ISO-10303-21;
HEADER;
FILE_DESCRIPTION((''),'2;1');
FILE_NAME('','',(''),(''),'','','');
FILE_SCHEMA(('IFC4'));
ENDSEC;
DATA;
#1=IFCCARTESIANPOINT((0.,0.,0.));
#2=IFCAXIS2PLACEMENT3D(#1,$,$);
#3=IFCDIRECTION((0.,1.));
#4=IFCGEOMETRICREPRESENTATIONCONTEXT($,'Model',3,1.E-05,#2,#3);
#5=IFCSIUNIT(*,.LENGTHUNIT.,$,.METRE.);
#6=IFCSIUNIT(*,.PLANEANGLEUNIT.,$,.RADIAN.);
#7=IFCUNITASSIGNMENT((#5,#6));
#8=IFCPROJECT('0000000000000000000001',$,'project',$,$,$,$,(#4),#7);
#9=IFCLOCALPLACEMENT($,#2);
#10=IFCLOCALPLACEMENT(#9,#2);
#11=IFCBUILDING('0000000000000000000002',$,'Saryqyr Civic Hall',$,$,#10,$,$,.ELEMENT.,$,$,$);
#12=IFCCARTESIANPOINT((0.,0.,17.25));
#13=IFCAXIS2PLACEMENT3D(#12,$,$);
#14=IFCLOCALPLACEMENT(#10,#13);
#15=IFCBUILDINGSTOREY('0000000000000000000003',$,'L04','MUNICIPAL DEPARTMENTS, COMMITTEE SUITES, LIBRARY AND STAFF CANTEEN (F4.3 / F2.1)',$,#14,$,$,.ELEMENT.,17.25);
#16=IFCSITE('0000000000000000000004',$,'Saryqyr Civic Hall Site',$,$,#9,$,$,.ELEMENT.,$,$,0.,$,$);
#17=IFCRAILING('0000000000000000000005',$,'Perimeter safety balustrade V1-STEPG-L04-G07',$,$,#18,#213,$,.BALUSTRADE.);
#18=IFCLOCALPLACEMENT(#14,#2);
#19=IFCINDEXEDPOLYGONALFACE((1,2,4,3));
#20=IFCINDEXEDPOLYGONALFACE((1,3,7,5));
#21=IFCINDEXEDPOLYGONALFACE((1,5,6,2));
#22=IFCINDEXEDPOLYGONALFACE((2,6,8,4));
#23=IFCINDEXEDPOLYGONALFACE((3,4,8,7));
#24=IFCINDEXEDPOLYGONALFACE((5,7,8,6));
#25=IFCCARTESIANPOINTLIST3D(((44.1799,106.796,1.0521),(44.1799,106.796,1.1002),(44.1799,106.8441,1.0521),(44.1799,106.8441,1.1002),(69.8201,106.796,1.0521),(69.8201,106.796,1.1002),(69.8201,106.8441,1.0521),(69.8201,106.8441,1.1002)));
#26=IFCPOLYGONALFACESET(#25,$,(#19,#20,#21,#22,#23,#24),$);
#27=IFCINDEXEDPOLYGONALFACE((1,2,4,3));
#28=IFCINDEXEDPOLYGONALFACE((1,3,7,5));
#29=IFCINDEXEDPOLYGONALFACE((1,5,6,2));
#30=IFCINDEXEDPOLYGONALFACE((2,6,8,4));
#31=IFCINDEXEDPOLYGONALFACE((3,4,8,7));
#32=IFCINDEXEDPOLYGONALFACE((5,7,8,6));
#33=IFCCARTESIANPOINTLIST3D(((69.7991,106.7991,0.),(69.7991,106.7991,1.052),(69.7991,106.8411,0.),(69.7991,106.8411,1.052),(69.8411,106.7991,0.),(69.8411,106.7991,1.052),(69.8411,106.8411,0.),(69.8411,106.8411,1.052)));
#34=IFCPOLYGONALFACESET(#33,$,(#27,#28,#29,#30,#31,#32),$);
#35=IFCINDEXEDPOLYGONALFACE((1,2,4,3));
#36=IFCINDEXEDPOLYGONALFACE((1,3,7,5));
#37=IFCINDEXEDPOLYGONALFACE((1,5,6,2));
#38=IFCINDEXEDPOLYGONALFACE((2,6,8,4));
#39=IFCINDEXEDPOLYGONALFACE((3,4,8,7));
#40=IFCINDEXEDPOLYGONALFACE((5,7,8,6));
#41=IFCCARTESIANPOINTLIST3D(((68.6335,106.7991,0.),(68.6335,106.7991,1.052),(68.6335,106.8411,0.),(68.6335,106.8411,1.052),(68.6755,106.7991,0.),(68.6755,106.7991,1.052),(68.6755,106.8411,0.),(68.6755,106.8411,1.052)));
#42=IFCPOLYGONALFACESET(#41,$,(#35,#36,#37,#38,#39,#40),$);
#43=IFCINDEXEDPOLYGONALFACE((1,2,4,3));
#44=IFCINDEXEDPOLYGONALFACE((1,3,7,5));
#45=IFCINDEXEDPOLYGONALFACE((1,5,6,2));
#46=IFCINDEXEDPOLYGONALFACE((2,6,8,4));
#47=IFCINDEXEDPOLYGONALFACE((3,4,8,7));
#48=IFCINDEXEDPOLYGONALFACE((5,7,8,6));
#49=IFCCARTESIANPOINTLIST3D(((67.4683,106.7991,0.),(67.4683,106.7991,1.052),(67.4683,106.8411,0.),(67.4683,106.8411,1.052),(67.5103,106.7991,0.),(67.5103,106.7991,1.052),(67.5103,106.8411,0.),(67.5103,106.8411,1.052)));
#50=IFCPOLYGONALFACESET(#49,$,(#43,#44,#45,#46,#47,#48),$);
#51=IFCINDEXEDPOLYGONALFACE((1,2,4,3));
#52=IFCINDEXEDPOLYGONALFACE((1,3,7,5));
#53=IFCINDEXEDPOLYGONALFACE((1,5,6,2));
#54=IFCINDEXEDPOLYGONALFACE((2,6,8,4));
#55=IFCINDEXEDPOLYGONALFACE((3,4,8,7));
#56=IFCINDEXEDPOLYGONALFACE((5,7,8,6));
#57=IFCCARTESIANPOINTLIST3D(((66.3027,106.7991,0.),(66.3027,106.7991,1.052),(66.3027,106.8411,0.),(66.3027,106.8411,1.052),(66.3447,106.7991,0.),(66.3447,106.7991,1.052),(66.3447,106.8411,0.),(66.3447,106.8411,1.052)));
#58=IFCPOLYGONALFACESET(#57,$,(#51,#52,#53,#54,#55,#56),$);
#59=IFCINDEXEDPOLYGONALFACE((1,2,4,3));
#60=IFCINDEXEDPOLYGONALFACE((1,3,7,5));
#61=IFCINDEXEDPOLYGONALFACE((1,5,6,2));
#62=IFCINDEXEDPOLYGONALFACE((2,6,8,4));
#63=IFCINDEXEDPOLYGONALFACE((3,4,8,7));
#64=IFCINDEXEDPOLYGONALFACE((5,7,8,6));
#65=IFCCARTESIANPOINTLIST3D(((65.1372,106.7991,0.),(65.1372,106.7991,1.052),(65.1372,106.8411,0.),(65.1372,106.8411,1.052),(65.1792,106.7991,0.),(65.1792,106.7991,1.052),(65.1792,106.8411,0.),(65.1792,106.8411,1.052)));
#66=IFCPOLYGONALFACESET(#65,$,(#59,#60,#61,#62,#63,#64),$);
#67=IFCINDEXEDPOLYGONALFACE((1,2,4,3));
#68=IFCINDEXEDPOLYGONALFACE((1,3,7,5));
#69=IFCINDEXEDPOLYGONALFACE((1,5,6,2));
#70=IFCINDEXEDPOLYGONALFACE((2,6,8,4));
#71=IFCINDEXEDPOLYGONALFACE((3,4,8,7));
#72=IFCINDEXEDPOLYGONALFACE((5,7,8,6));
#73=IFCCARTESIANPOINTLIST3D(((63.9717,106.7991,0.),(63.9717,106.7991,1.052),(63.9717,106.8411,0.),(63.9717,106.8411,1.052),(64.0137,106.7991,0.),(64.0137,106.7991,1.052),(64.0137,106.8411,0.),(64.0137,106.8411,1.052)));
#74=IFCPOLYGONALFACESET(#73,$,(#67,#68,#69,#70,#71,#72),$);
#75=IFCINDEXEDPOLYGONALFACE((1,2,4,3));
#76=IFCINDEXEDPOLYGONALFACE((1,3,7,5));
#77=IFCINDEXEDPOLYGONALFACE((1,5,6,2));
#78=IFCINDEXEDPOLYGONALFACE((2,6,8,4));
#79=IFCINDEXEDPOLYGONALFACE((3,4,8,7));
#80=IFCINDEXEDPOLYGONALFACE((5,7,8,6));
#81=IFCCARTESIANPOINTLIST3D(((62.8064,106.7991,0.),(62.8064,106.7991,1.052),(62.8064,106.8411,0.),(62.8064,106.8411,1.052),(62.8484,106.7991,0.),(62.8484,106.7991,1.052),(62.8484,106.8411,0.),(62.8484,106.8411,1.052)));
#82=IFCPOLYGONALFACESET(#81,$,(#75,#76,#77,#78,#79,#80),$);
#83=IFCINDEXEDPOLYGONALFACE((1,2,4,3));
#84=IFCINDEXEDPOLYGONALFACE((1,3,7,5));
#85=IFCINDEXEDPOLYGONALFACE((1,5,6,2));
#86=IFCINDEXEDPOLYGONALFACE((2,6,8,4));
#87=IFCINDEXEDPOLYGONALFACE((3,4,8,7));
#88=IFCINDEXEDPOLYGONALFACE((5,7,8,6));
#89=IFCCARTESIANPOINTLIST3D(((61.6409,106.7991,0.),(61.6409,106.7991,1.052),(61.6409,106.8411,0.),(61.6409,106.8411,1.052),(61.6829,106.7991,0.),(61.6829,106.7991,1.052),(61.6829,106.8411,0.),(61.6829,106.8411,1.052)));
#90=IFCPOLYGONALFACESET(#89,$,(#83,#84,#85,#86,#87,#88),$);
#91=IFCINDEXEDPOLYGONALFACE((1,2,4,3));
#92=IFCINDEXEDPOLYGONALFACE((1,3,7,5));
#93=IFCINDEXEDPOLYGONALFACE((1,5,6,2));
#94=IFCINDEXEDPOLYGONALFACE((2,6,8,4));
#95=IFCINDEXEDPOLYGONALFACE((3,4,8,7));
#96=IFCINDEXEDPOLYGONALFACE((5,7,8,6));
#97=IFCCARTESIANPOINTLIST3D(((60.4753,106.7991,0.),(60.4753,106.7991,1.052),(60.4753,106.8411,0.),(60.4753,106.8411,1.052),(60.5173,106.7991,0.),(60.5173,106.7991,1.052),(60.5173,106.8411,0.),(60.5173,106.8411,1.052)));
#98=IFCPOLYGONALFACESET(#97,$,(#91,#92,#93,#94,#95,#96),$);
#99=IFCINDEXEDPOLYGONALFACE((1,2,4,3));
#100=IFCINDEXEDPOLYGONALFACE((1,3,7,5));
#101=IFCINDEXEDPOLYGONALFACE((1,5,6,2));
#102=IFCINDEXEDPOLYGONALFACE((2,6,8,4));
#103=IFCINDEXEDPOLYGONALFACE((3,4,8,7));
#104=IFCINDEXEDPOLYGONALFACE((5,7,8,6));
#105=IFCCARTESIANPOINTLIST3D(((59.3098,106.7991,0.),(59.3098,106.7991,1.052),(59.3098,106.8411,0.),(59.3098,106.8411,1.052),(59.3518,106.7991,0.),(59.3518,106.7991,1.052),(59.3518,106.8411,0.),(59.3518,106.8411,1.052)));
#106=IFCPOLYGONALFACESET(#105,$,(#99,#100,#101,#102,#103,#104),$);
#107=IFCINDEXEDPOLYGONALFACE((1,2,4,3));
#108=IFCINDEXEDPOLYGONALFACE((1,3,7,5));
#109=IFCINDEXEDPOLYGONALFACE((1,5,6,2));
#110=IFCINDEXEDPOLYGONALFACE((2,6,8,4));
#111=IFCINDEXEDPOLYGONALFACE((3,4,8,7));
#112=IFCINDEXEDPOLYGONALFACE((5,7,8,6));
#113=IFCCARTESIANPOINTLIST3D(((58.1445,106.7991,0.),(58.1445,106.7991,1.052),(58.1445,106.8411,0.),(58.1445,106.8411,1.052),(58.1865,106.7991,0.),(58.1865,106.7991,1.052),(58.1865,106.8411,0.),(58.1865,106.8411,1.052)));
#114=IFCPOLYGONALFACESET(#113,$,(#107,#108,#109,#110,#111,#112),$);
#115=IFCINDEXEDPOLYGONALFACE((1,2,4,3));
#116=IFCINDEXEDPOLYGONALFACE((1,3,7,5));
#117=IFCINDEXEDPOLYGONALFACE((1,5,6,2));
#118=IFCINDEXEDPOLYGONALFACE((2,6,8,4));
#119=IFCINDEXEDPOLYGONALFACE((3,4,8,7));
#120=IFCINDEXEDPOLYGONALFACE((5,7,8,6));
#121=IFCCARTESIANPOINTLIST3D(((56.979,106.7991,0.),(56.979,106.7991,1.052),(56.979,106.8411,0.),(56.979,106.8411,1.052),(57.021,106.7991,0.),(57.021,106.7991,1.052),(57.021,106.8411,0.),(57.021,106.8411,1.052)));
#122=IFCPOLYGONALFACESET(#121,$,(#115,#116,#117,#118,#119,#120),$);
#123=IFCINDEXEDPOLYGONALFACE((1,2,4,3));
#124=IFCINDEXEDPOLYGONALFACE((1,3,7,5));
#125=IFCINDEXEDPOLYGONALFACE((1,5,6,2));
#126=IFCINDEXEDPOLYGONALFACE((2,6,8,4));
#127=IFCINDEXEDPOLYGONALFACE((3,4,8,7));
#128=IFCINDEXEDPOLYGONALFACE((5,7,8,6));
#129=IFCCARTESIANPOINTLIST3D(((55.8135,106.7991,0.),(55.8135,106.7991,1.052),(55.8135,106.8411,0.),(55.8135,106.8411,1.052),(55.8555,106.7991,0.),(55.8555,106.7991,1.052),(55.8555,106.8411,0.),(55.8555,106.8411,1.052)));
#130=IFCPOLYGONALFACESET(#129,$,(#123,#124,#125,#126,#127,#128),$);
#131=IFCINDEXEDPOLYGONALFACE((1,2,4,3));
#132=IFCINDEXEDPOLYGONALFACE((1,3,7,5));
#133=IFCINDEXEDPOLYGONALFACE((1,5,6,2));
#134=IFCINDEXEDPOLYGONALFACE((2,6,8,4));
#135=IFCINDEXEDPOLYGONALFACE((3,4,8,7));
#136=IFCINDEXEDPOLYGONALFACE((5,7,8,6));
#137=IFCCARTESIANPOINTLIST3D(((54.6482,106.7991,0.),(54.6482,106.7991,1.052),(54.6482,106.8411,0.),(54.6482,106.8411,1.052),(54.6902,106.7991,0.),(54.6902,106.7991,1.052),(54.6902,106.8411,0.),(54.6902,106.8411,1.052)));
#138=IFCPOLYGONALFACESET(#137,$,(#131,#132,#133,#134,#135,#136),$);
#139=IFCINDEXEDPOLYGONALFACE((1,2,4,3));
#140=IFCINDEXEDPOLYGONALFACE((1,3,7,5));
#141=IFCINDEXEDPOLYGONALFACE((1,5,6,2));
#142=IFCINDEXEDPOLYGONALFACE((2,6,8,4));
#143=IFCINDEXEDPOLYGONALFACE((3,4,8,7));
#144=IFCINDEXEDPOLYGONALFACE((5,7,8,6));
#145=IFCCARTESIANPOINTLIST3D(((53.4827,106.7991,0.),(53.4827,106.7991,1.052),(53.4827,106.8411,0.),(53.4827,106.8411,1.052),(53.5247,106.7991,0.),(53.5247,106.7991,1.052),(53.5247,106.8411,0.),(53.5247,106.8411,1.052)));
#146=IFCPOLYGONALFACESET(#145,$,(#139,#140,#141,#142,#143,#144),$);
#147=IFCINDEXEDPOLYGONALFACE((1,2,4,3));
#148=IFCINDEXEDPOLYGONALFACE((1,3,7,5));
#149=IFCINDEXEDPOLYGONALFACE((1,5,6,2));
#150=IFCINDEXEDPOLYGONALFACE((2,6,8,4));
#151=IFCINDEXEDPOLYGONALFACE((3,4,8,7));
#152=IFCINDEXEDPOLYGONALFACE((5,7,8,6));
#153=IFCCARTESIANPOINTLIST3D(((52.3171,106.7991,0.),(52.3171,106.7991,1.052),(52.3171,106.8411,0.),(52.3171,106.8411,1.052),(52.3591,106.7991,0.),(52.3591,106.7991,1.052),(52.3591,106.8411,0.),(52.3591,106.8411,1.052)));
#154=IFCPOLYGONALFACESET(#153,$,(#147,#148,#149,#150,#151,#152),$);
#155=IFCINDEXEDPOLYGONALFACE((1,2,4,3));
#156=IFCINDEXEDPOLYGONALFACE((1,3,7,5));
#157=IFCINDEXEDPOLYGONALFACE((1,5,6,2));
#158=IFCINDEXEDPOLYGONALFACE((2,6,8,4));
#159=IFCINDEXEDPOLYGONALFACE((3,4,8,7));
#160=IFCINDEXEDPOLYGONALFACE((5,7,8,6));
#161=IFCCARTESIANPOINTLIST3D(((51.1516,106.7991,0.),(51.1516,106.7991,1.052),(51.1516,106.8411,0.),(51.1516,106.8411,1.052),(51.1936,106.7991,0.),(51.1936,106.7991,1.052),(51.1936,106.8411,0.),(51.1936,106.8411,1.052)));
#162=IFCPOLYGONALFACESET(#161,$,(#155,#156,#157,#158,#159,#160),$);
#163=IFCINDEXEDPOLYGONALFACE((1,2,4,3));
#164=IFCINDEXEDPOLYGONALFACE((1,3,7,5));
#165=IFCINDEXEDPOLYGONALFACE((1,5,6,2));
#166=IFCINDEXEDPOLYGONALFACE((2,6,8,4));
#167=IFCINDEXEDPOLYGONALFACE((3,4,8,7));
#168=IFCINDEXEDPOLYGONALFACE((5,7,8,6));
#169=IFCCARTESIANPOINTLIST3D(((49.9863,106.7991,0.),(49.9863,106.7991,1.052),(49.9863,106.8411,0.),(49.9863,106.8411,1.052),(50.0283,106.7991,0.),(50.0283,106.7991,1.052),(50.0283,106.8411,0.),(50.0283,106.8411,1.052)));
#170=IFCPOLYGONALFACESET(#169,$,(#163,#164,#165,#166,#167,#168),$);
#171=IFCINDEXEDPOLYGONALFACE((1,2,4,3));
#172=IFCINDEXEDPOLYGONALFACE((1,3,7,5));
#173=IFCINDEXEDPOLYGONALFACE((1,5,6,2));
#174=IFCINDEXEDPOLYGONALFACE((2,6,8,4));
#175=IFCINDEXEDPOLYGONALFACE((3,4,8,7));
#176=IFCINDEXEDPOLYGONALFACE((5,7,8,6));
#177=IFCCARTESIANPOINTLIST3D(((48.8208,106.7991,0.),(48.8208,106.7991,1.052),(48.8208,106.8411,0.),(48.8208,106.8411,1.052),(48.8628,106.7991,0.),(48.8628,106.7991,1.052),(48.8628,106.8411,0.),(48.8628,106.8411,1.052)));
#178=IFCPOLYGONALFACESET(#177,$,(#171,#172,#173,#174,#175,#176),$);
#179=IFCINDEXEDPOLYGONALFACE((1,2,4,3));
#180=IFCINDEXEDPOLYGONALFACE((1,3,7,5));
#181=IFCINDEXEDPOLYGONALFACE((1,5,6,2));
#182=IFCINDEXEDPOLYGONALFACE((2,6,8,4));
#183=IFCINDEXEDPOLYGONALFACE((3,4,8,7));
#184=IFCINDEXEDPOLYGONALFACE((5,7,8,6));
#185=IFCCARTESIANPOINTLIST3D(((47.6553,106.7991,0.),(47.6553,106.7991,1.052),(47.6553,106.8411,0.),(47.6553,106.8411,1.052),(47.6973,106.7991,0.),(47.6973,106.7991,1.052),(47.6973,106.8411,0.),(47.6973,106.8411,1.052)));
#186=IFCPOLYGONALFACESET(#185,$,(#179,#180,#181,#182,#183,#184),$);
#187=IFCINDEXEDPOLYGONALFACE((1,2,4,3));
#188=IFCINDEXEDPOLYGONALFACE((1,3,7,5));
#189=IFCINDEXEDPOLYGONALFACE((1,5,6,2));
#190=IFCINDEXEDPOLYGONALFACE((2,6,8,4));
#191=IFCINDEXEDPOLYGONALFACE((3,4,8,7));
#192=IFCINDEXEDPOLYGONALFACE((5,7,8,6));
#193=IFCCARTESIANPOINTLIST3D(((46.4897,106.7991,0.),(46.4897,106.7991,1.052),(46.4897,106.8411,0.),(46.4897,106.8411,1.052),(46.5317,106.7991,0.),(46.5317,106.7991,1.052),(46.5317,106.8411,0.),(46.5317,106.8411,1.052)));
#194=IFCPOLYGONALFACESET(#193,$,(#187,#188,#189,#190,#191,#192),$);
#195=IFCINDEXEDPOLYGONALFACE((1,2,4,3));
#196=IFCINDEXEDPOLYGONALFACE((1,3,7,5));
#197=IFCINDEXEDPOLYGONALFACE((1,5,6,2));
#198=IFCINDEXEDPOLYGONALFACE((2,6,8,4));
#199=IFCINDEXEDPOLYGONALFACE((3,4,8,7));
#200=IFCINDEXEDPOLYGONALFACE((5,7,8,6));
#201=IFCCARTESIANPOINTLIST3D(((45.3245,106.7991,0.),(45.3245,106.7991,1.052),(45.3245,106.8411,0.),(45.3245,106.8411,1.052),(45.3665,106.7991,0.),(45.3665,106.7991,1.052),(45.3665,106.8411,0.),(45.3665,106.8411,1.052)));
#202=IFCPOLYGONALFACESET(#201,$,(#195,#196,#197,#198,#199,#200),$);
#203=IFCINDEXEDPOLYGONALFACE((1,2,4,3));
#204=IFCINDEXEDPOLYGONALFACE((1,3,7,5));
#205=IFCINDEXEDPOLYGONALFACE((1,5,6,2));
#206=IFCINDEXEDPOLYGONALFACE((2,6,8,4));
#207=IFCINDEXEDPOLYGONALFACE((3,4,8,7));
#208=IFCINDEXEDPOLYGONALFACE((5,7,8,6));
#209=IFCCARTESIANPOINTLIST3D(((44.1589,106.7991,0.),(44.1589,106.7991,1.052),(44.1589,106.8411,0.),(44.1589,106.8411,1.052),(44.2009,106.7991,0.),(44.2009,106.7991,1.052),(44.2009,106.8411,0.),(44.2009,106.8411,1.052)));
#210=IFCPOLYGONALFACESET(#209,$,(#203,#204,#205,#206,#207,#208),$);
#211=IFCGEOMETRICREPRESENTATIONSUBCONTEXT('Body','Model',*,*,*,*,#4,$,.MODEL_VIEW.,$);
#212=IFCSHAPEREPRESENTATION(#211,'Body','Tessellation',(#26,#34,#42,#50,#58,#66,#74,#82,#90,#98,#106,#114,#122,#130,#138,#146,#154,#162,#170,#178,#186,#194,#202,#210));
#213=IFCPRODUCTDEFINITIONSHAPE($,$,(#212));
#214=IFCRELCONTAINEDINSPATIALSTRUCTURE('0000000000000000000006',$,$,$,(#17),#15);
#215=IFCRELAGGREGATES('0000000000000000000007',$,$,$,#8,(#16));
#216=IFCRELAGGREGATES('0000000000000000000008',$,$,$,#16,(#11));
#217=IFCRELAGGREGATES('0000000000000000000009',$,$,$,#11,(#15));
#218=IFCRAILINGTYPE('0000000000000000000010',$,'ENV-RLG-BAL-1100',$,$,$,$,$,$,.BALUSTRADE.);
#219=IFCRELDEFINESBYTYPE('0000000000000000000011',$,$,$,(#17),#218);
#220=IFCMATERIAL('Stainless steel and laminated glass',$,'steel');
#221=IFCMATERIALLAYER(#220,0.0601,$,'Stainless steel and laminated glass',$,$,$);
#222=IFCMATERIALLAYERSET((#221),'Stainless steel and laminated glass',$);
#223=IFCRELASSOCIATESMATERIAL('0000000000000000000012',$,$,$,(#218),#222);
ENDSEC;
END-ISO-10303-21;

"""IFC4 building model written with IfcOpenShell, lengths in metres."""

from ifc_helpers import new_model, si_unit, direction, frame, origin, origin_2d, place, context, subcontext, project, spatial, rectangle, extrude, material, layer, layer_set, type_object, element, save


model = new_model("IFC4")

# Units and contexts
model_context = context("Model", 3, precision=1e-05, world=origin(), true_north=direction((0.0, 1.0)))
body_context = subcontext(model_context, "Body", "Model", "MODEL_VIEW")
ifc_project = project(units=[si_unit("LENGTHUNIT", "METRE"), si_unit("PLANEANGLEUNIT", "RADIAN")], contexts=[model_context])

# Site, building, storey
site_placement = place(None, origin())
site = spatial("IfcSite", under=ifc_project, at=site_placement, Name="Saryqyr Civic Hall Site", CompositionType="ELEMENT", RefElevation=0.0)
building_placement = place(site_placement, origin())
building = spatial("IfcBuilding", under=site, at=building_placement, Name="Saryqyr Civic Hall", CompositionType="ELEMENT")
storey_placement = place(building_placement, frame((0.0, 0.0, 17.25)))
storey = spatial("IfcBuildingStorey", under=building, at=storey_placement, Name="L04", Description="MUNICIPAL DEPARTMENTS, COMMITTEE SUITES, LIBRARY AND STAFF CANTEEN (F4.3 / F2.1)", CompositionType="ELEMENT", Elevation=17.25)

# Railing
ifc_material_1 = material(Name="Stainless steel and laminated glass", Category="steel")
ifc_layer_1 = layer(ifc_material_1, 0.0601, Name="Stainless steel and laminated glass")
ifc_layer_set_1 = layer_set([ifc_layer_1], Name="Stainless steel and laminated glass")
railing_type_1 = type_object("IfcRailingType", Name="ENV-RLG-BAL-1100", PredefinedType="BALUSTRADE", material=ifc_layer_set_1)
railing_1_placement = place(storey_placement, frame((69.8201, 106.8201, 0.0)))
element("IfcRailing", 1, at=railing_1_placement, inside=storey, type_object=railing_type_1, Name="Perimeter safety balustrade V1-STEPG-L04-G07", PredefinedType="BALUSTRADE", context=body_context, shape_type="SweptSolid", body=[
    extrude(rectangle(XDim=0.0481, YDim=0.0481, at=origin_2d()), frame((0.0, 0.0, 1.0762), z_axis=(-1.0, 0.0, 0.0), x_axis=(0.0, -1.0, 0.0)), (0.0, 0.0, 1.0), 25.6401),
    extrude(rectangle(XDim=0.042, YDim=0.042, at=origin_2d()), origin(), (0.0, 0.0, 1.0), 1.052),
    extrude(rectangle(XDim=0.042, YDim=0.042, at=origin_2d()), frame((-1.1655, 0.0, 0.0)), (0.0, 0.0, 1.0), 1.052),
    extrude(rectangle(XDim=0.042, YDim=0.042, at=origin_2d()), frame((-2.3308, 0.0, 0.0)), (0.0, 0.0, 1.0), 1.052),
    extrude(rectangle(XDim=0.042, YDim=0.042, at=origin_2d()), frame((-3.4963, 0.0, 0.0)), (0.0, 0.0, 1.0), 1.052),
    extrude(rectangle(XDim=0.042, YDim=0.042, at=origin_2d()), frame((-4.6619, 0.0, 0.0)), (0.0, 0.0, 1.0), 1.052),
    extrude(rectangle(XDim=0.042, YDim=0.042, at=origin_2d()), frame((-5.8274, 0.0, 0.0)), (0.0, 0.0, 1.0), 1.052),
    extrude(rectangle(XDim=0.042, YDim=0.042, at=origin_2d()), frame((-6.9927, 0.0, 0.0)), (0.0, 0.0, 1.0), 1.052),
    extrude(rectangle(XDim=0.042, YDim=0.042, at=origin_2d()), frame((-8.1582, 0.0, 0.0)), (0.0, 0.0, 1.0), 1.052),
    extrude(rectangle(XDim=0.042, YDim=0.042, at=origin_2d()), frame((-9.3237, 0.0, 0.0)), (0.0, 0.0, 1.0), 1.052),
    extrude(rectangle(XDim=0.042, YDim=0.042, at=origin_2d()), frame((-10.4893, 0.0, 0.0)), (0.0, 0.0, 1.0), 1.052),
    extrude(rectangle(XDim=0.042, YDim=0.042, at=origin_2d()), frame((-11.6545, 0.0, 0.0)), (0.0, 0.0, 1.0), 1.052),
    extrude(rectangle(XDim=0.042, YDim=0.042, at=origin_2d()), frame((-12.8201, 0.0, 0.0)), (0.0, 0.0, 1.0), 1.052),
    extrude(rectangle(XDim=0.042, YDim=0.042, at=origin_2d()), frame((-13.9856, 0.0, 0.0)), (0.0, 0.0, 1.0), 1.052),
    extrude(rectangle(XDim=0.042, YDim=0.042, at=origin_2d()), frame((-15.1509, 0.0, 0.0)), (0.0, 0.0, 1.0), 1.052),
    extrude(rectangle(XDim=0.042, YDim=0.042, at=origin_2d()), frame((-16.3164, 0.0, 0.0)), (0.0, 0.0, 1.0), 1.052),
    extrude(rectangle(XDim=0.042, YDim=0.042, at=origin_2d()), frame((-17.4819, 0.0, 0.0)), (0.0, 0.0, 1.0), 1.052),
    extrude(rectangle(XDim=0.042, YDim=0.042, at=origin_2d()), frame((-18.6475, 0.0, 0.0)), (0.0, 0.0, 1.0), 1.052),
    extrude(rectangle(XDim=0.042, YDim=0.042, at=origin_2d()), frame((-19.8127, 0.0, 0.0)), (0.0, 0.0, 1.0), 1.052),
    extrude(rectangle(XDim=0.042, YDim=0.042, at=origin_2d()), frame((-20.9783, 0.0, 0.0)), (0.0, 0.0, 1.0), 1.052),
    extrude(rectangle(XDim=0.042, YDim=0.042, at=origin_2d()), frame((-22.1438, 0.0, 0.0)), (0.0, 0.0, 1.0), 1.052),
    extrude(rectangle(XDim=0.042, YDim=0.042, at=origin_2d()), frame((-23.3093, 0.0, 0.0)), (0.0, 0.0, 1.0), 1.052),
    extrude(rectangle(XDim=0.042, YDim=0.042, at=origin_2d()), frame((-24.4746, 0.0, 0.0)), (0.0, 0.0, 1.0), 1.052),
    extrude(rectangle(XDim=0.042, YDim=0.042, at=origin_2d()), frame((-25.6401, 0.0, 0.0)), (0.0, 0.0, 1.0), 1.052),
])

save(model, "model.ifc")
